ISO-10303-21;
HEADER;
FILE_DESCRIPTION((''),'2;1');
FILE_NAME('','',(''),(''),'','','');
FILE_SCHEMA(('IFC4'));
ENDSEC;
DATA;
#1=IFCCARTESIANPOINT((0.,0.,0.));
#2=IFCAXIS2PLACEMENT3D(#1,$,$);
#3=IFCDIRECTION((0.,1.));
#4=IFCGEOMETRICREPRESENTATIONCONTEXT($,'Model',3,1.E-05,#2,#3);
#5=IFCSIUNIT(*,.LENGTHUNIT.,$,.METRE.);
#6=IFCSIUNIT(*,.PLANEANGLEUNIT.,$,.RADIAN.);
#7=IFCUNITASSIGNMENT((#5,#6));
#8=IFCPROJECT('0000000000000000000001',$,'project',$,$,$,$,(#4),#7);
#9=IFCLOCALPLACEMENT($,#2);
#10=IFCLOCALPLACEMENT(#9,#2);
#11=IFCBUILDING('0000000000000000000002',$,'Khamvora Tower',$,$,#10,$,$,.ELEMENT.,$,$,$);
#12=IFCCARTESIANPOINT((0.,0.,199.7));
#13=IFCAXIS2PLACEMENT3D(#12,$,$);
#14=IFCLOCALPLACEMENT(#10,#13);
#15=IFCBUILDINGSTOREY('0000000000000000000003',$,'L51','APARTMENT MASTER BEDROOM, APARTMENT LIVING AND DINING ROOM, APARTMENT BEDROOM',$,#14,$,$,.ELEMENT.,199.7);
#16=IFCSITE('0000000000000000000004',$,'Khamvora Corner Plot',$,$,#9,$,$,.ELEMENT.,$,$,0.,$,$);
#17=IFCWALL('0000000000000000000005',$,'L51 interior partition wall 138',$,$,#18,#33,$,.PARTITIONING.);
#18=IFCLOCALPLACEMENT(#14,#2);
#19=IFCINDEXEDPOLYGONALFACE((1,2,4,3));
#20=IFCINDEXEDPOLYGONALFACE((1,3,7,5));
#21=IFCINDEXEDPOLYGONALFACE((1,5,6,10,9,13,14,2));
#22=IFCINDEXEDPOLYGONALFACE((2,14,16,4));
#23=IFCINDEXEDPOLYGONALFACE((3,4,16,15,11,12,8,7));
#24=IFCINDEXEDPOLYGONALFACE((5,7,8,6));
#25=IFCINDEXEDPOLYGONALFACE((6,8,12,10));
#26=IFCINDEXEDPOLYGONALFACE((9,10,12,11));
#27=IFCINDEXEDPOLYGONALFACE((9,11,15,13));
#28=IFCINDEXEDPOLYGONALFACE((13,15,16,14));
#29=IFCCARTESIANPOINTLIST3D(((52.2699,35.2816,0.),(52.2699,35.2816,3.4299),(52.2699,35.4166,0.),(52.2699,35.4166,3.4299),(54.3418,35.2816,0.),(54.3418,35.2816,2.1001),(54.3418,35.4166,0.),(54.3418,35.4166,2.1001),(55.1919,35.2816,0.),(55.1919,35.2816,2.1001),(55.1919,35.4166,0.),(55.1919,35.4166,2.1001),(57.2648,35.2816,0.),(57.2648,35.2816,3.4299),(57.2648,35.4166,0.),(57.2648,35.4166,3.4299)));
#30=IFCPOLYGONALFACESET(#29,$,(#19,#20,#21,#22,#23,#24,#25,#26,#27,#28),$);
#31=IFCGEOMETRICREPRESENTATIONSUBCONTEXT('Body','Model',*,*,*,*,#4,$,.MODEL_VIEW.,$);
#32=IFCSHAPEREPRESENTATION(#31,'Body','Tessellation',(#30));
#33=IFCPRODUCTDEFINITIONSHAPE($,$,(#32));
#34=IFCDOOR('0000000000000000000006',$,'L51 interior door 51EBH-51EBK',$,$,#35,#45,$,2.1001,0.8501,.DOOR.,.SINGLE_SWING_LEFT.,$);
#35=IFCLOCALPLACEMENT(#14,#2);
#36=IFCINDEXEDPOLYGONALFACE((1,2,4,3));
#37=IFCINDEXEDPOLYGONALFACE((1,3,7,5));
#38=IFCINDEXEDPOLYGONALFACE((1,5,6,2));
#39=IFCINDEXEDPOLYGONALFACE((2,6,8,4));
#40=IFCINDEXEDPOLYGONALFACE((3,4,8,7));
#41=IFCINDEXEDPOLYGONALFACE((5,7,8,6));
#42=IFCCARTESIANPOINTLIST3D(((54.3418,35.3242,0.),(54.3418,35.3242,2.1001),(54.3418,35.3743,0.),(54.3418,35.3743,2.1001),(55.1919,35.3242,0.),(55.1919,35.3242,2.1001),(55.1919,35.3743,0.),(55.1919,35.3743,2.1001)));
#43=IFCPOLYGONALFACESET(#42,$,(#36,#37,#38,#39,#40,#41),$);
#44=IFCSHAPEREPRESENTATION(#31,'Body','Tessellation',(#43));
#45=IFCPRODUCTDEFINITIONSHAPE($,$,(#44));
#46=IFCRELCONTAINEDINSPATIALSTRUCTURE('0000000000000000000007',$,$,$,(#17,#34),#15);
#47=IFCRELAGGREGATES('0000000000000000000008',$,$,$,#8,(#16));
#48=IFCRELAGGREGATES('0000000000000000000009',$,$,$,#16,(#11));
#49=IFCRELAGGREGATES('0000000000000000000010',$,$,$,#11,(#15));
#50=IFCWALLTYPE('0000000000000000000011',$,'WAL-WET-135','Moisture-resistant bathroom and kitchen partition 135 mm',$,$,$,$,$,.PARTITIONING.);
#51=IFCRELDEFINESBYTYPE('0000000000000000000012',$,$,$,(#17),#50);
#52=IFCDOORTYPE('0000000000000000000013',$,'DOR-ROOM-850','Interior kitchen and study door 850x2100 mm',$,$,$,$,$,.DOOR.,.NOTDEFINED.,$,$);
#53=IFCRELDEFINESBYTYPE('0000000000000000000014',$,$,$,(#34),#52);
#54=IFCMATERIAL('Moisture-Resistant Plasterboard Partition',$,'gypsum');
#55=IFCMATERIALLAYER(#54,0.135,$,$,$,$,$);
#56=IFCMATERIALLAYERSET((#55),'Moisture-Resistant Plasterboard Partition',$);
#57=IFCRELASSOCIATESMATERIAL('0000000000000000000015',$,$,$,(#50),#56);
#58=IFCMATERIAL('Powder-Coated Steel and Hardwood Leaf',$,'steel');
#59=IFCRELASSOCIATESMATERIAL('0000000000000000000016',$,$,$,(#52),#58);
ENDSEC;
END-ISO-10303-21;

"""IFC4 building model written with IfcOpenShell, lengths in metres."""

from ifc_helpers import new_model, si_unit, direction, frame, frame_2d, origin, place, context, subcontext, project, spatial, rectangle, extrude, material, layer, layer_set, type_object, element, fill, save


model = new_model("IFC4")

# Units and contexts
model_context = context("Model", 3, precision=1e-05, world=origin(), true_north=direction((0.0, 1.0)))
body_context = subcontext(model_context, "Body", "Model", "MODEL_VIEW")
ifc_project = project(units=[si_unit("LENGTHUNIT", "METRE"), si_unit("PLANEANGLEUNIT", "RADIAN")], contexts=[model_context])

# Site, building, storey
site_placement = place(None, origin())
site = spatial("IfcSite", under=ifc_project, at=site_placement, Name="Khamvora Corner Plot", CompositionType="ELEMENT", RefElevation=0.0)
building_placement = place(site_placement, origin())
building = spatial("IfcBuilding", under=site, at=building_placement, Name="Khamvora Tower", CompositionType="ELEMENT")
storey_placement = place(building_placement, frame((0.0, 0.0, 199.7)))
storey = spatial("IfcBuildingStorey", under=building, at=storey_placement, Name="L51", Description="APARTMENT MASTER BEDROOM, APARTMENT LIVING AND DINING ROOM, APARTMENT BEDROOM", CompositionType="ELEMENT", Elevation=199.7)

# Shared definitions
ifc_material_1 = material(Name="Powder-Coated Steel and Hardwood Leaf", Category="steel")

# Shared definitions
ifc_material_2 = material(Name="Moisture-Resistant Plasterboard Partition", Category="gypsum")
ifc_layer_1 = layer(ifc_material_2, 0.135)
ifc_layer_set_1 = layer_set([ifc_layer_1], Name="Moisture-Resistant Plasterboard Partition")
wall_type_1 = type_object("IfcWallType", Name="WAL-WET-135", Description="Moisture-resistant bathroom and kitchen partition 135 mm", PredefinedType="PARTITIONING", material=ifc_layer_set_1)

# Wall, opening, door
wall_1_placement = place(storey_placement, frame((57.2649, 35.3491, 0.0), z_axis=(0.0, 0.0, 1.0), x_axis=(-1.0, 0.0, 0.0)))
wall_1 = element("IfcWall", 1, at=wall_1_placement, inside=storey, type_object=wall_type_1, Name="L51 interior partition wall 138", PredefinedType="PARTITIONING", context=body_context, shape_type="SweptSolid", body=[
    extrude(rectangle(XDim=4.9949, YDim=0.135, at=frame_2d((2.4976, 0.0))), origin(), (0.0, 0.0, 1.0), 3.4299),
])
opening_1_placement = place(wall_1_placement, frame((2.073, 0.0, 0.0)))
opening_1 = element("IfcOpeningElement", 2, at=opening_1_placement, cuts=wall_1, PredefinedType="OPENING", context=body_context, shape_type="SweptSolid", body=[
    extrude(rectangle(XDim=0.8501, YDim=2.1001, at=frame_2d((0.425, 1.05))), frame((0.0, 0.0774, 0.0), z_axis=(0.0, -1.0, 0.0), x_axis=(1.0, 0.0, 0.0)), (0.0, 0.0, 1.0), 0.155),
])
door_type_1 = type_object("IfcDoorType", Name="DOR-ROOM-850", Description="Interior kitchen and study door 850x2100 mm", OperationType="NOTDEFINED", PredefinedType="DOOR", material=ifc_material_1)
door_1_placement = place(opening_1_placement, origin())
door_1 = element("IfcDoor", 3, at=door_1_placement, inside=storey, type_object=door_type_1, Name="L51 interior door 51EBH-51EBK", OperationType="SINGLE_SWING_LEFT", OverallHeight=2.1001, OverallWidth=0.8501, PredefinedType="DOOR", context=body_context, shape_type="SweptSolid", body=[
    extrude(rectangle(XDim=0.8501, YDim=2.1001, at=frame_2d((0.425, 1.05))), frame((0.0, 0.0249, 0.0), z_axis=(0.0, -1.0, 0.0), x_axis=(1.0, 0.0, 0.0)), (0.0, 0.0, 1.0), 0.05),
])
fill(opening_1, door_1)

save(model, "model.ifc")
